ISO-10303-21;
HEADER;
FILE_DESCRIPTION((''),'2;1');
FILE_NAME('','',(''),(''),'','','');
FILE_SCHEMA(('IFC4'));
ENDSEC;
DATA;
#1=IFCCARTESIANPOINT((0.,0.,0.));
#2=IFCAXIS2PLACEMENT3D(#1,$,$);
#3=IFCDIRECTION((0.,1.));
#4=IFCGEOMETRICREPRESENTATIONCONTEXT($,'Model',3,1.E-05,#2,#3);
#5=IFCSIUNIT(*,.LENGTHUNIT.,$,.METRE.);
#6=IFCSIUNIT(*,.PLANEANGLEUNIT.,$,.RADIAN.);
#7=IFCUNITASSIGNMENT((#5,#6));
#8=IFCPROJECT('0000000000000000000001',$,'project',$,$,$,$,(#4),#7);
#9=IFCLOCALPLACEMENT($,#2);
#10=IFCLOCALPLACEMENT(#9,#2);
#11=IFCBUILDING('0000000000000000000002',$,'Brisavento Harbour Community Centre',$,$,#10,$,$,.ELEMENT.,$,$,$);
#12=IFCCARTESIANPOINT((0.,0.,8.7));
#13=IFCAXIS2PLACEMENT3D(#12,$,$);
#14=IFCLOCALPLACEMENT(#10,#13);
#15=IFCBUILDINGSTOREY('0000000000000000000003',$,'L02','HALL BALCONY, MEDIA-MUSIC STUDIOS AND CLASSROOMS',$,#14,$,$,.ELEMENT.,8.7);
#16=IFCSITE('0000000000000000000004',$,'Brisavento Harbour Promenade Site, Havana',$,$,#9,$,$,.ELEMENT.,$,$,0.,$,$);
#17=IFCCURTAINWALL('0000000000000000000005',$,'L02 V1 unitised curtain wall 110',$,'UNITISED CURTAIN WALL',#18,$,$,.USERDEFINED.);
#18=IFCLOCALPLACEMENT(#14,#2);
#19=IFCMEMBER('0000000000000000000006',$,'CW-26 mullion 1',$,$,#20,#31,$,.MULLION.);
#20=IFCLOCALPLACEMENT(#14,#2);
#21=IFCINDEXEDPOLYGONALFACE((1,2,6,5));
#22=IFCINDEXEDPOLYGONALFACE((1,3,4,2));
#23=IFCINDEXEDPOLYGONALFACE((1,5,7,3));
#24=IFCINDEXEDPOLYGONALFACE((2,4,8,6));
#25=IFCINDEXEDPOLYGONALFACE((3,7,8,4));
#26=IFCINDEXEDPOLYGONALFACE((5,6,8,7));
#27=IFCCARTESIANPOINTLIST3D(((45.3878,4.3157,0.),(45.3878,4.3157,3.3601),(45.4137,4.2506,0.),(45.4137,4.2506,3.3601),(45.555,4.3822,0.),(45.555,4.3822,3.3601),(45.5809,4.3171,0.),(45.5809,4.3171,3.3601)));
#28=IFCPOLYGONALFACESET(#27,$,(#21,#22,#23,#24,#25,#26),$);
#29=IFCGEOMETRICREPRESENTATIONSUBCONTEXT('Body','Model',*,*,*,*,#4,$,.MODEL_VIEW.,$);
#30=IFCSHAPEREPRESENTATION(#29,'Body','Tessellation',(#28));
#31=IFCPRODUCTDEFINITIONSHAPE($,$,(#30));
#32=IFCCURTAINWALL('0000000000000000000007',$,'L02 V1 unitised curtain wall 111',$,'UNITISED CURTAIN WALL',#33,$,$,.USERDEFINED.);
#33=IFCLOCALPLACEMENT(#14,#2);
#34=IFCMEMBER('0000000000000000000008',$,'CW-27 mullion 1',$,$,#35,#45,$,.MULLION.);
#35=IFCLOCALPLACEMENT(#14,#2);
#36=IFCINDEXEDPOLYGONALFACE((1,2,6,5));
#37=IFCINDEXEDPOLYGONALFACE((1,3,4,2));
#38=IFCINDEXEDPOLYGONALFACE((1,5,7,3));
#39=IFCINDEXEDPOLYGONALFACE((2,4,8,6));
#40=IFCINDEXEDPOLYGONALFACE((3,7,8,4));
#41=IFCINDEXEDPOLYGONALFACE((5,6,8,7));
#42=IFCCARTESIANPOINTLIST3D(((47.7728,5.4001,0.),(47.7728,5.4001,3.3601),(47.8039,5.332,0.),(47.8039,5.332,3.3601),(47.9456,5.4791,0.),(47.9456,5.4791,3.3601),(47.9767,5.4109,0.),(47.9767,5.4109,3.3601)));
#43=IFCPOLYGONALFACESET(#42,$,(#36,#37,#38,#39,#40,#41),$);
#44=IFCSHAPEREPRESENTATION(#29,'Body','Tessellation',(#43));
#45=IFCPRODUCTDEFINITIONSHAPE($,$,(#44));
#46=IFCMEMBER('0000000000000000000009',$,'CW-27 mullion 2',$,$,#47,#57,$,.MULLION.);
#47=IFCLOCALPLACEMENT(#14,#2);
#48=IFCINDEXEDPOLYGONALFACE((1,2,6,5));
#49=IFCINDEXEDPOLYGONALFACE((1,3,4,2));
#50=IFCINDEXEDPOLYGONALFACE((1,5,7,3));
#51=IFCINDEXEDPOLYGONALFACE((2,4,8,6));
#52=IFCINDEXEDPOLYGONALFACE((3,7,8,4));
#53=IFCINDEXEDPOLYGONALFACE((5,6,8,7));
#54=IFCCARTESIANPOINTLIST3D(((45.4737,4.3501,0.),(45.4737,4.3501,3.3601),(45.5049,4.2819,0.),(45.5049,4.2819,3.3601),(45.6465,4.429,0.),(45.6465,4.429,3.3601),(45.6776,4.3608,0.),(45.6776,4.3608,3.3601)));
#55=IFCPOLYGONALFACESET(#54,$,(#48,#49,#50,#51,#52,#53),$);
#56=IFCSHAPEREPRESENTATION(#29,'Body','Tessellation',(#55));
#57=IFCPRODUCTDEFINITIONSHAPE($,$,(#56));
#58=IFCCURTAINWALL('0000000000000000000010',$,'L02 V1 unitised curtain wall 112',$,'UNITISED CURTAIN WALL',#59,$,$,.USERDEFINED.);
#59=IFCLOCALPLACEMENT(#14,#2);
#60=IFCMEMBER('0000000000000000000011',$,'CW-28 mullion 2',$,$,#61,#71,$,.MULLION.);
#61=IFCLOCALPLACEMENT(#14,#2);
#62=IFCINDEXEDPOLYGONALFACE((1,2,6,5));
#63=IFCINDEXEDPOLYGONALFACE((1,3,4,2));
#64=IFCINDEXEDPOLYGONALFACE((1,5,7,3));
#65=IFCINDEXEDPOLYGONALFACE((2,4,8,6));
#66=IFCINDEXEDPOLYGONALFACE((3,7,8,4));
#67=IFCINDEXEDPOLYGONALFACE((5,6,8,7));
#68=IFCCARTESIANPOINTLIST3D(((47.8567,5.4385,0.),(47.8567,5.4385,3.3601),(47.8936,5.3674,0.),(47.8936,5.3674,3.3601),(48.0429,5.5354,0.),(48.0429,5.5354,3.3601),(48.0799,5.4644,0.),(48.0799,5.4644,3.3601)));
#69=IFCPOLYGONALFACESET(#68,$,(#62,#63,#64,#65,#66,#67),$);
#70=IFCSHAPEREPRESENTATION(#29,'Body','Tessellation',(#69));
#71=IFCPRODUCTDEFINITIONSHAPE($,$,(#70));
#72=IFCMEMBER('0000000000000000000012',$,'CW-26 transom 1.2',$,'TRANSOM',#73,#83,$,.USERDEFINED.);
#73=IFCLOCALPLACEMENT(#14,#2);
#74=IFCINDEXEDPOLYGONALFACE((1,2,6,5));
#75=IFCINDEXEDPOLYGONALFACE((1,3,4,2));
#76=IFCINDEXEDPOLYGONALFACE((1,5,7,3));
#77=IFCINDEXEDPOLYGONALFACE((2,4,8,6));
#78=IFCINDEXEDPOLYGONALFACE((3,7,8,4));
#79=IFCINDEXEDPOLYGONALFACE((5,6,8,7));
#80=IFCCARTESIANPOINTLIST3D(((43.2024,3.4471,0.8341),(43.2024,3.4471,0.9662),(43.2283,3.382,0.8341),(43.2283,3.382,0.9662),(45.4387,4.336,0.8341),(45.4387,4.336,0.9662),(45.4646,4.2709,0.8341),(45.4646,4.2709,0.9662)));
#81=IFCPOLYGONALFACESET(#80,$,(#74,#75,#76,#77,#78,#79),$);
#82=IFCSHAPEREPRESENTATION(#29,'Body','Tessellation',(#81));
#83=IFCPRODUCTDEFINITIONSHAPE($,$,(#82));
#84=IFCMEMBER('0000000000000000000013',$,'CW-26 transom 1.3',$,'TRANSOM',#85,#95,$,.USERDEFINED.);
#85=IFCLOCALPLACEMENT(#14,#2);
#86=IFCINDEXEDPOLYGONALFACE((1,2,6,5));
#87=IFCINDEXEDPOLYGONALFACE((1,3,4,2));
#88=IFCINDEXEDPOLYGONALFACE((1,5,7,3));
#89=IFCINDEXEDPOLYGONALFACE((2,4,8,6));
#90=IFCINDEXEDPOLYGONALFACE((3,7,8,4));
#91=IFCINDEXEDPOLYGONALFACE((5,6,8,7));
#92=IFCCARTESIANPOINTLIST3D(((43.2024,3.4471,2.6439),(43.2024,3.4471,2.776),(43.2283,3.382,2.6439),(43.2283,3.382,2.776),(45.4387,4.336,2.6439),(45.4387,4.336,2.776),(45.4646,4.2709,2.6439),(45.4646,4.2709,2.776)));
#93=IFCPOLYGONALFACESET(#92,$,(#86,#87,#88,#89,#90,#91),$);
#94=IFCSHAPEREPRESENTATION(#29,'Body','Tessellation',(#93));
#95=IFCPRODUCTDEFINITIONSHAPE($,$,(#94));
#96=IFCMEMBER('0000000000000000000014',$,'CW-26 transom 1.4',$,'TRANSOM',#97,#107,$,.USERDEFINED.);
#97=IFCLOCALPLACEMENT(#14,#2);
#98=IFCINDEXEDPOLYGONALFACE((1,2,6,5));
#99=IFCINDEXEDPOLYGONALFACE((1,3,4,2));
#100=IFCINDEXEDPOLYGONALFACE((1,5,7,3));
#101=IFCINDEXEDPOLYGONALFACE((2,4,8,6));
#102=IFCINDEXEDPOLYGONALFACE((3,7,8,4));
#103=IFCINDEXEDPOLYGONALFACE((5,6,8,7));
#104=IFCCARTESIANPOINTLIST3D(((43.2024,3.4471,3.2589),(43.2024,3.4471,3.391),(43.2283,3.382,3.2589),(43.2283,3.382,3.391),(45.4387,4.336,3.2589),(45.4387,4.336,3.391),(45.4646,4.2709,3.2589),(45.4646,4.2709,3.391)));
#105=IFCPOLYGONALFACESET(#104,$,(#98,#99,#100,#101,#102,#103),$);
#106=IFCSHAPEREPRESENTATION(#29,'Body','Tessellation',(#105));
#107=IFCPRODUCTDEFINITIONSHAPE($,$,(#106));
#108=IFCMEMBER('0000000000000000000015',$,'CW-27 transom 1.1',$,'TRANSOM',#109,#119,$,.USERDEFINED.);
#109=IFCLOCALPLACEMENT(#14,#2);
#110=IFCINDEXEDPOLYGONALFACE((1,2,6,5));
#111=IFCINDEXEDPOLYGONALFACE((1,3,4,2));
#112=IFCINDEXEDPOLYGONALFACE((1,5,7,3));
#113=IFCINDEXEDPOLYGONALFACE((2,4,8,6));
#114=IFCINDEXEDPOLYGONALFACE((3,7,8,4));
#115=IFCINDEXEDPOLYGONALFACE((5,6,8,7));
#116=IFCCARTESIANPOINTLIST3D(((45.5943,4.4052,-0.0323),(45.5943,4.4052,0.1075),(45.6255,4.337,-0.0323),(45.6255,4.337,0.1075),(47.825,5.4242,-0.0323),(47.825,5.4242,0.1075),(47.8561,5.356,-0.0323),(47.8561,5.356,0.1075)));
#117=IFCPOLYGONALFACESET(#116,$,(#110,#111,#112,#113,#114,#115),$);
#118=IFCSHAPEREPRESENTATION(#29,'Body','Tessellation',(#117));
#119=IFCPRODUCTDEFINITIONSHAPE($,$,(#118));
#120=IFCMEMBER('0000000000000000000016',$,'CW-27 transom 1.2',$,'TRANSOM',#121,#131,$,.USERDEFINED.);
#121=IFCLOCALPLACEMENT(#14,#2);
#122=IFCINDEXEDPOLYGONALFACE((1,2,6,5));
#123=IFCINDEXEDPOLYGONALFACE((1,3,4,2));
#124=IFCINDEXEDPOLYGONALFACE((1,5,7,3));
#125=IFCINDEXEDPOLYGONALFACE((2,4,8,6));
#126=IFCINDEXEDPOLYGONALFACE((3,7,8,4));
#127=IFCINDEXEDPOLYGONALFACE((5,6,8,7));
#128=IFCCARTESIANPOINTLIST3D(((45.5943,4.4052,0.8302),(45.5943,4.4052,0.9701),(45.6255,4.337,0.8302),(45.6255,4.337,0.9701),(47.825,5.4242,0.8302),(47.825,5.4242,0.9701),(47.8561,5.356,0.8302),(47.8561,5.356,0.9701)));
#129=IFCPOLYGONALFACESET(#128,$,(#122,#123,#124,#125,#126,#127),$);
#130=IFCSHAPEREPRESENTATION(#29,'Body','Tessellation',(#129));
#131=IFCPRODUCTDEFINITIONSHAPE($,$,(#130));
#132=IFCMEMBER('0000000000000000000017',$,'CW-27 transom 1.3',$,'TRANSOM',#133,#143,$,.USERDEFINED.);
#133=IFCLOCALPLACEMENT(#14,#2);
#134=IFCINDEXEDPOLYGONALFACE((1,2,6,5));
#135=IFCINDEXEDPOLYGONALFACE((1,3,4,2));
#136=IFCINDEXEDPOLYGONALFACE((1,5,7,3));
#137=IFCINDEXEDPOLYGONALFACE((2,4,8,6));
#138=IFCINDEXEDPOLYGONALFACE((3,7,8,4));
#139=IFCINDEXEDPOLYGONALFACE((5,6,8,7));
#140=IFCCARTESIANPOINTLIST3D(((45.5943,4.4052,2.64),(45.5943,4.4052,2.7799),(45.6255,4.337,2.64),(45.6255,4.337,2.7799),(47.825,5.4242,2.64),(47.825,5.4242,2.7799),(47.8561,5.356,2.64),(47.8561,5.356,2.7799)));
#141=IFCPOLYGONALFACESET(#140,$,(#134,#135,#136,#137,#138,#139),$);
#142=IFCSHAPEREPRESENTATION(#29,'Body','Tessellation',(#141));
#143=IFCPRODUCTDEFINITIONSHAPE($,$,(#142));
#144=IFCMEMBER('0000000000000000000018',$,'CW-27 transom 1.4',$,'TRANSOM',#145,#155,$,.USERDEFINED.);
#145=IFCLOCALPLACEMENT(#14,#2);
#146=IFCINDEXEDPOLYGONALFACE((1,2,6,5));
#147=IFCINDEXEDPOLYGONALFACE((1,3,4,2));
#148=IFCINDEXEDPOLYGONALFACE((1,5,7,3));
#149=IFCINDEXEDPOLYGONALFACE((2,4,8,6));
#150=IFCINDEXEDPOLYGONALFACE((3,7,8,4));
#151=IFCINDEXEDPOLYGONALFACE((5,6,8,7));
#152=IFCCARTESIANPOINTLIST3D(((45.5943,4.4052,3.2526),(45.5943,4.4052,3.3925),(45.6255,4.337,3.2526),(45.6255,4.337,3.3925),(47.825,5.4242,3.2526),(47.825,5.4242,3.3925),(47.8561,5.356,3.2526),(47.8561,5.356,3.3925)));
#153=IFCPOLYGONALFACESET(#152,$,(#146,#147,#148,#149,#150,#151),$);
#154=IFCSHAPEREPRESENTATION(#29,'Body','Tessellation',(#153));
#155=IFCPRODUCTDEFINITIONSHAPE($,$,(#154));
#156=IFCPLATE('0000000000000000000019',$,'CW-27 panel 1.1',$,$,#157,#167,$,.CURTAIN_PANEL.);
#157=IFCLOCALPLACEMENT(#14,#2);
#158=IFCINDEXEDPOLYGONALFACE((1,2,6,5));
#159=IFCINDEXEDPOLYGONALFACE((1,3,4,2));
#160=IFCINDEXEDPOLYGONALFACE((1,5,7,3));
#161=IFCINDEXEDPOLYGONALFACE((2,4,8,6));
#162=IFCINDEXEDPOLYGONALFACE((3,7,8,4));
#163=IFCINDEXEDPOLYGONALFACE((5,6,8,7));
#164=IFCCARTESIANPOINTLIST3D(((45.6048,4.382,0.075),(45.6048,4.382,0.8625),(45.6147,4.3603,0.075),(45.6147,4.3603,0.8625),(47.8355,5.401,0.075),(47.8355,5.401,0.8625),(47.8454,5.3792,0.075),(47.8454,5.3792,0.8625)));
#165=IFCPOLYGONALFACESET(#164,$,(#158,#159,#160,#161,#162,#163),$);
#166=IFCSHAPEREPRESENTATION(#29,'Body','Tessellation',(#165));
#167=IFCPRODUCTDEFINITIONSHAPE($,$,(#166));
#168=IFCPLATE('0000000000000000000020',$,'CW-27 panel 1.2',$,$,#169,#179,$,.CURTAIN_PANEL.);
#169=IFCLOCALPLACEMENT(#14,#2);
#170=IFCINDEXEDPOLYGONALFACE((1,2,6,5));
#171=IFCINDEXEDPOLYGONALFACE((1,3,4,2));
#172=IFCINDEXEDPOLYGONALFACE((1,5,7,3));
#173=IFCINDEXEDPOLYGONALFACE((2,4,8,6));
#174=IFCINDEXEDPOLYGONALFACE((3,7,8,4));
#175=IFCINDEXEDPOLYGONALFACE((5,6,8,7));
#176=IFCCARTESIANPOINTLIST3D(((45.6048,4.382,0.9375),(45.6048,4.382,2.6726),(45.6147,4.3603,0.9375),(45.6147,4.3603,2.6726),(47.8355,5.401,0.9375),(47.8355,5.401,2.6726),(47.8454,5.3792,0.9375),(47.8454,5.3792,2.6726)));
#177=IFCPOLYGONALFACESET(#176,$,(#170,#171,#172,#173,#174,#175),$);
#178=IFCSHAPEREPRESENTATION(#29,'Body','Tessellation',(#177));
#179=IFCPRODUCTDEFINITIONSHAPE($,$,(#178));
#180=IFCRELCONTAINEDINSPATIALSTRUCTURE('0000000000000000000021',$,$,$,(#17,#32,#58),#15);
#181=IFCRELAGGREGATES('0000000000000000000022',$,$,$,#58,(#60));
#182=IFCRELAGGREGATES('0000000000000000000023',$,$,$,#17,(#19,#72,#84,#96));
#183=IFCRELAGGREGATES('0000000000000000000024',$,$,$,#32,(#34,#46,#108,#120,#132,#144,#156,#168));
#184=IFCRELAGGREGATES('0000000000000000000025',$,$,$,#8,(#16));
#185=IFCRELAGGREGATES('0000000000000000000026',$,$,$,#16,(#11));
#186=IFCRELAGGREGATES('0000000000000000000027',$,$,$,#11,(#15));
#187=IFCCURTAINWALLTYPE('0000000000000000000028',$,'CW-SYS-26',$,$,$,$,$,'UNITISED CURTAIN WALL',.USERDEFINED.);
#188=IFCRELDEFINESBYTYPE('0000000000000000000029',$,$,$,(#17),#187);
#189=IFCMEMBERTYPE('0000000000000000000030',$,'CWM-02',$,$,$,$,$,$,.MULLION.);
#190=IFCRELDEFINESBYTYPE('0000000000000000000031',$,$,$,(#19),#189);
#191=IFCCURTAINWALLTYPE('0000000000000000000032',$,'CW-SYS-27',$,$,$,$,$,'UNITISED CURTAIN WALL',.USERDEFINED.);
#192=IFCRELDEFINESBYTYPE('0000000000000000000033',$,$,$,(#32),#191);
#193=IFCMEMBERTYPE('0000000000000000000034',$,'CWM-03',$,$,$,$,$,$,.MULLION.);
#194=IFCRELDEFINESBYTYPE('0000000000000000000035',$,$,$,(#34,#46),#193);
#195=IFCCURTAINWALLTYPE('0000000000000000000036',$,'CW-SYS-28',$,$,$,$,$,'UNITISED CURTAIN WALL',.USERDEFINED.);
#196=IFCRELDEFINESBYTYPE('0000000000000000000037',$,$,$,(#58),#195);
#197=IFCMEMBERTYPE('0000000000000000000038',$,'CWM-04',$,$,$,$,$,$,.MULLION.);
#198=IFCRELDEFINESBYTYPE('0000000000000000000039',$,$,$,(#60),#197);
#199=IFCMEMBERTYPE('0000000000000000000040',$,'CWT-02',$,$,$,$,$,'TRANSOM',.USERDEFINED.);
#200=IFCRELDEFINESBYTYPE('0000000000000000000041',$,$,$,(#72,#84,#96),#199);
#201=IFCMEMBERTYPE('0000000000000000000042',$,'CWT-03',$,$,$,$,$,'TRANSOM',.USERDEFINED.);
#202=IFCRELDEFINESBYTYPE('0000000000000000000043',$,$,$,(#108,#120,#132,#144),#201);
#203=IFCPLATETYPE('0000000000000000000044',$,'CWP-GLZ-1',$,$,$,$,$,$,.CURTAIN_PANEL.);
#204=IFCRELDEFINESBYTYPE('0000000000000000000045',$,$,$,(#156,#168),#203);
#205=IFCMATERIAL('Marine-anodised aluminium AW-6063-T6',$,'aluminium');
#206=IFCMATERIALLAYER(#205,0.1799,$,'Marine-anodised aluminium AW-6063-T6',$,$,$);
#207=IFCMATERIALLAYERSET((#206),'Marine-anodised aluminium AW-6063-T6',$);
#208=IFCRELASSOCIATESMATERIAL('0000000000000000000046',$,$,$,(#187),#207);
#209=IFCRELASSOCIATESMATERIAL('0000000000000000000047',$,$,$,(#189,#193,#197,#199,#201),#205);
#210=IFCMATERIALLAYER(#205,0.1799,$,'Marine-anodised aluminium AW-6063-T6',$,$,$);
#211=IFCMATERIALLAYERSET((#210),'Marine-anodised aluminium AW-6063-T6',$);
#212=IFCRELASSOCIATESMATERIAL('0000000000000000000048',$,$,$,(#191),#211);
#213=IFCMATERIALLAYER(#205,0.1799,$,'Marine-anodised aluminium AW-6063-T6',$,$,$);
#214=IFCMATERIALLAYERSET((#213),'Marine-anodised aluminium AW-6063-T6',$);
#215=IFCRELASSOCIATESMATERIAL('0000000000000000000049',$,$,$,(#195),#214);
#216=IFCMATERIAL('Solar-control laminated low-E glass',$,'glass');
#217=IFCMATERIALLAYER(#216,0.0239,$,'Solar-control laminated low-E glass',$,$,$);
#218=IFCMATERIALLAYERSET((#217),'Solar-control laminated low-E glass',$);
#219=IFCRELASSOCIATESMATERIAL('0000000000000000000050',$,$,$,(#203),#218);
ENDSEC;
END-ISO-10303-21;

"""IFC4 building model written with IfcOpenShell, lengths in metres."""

from ifc_helpers import new_model, si_unit, direction, frame, origin, origin_2d, place, context, subcontext, project, spatial, rectangle, extrude, material, layer, layer_set, material_profile, profile_set, type_object, element, aggregate, save


model = new_model("IFC4")

# Units and contexts
model_context = context("Model", 3, precision=1e-05, world=origin(), true_north=direction((0.0, 1.0)))
body_context = subcontext(model_context, "Body", "Model", "MODEL_VIEW")
ifc_project = project(units=[si_unit("LENGTHUNIT", "METRE"), si_unit("PLANEANGLEUNIT", "RADIAN")], contexts=[model_context])

# Site, building, storey
site_placement = place(None, origin())
site = spatial("IfcSite", under=ifc_project, at=site_placement, Name="Brisavento Harbour Promenade Site, Havana", CompositionType="ELEMENT", RefElevation=0.0)
building_placement = place(site_placement, origin())
building = spatial("IfcBuilding", under=site, at=building_placement, Name="Brisavento Harbour Community Centre", CompositionType="ELEMENT")
storey_placement = place(building_placement, frame((0.0, 0.0, 8.7)))
storey = spatial("IfcBuildingStorey", under=building, at=storey_placement, Name="L02", Description="HALL BALCONY, MEDIA-MUSIC STUDIOS AND CLASSROOMS", CompositionType="ELEMENT", Elevation=8.7)

# Curtain wall, member
ifc_material_1 = material(Name="Marine-anodised aluminium AW-6063-T6", Category="aluminium")
ifc_layer_1 = layer(ifc_material_1, 0.1799, Name="Marine-anodised aluminium AW-6063-T6")
ifc_layer_set_1 = layer_set([ifc_layer_1], Name="Marine-anodised aluminium AW-6063-T6")
curtain_wall_type_1 = type_object("IfcCurtainWallType", Name="CW-SYS-26", ElementType="UNITISED CURTAIN WALL", PredefinedType="USERDEFINED", material=ifc_layer_set_1)
curtain_wall_1_placement = place(storey_placement, origin())
curtain_wall_1 = element("IfcCurtainWall", 1, at=curtain_wall_1_placement, inside=storey, type_object=curtain_wall_type_1, Name="L02 V1 unitised curtain wall 110", ObjectType="UNITISED CURTAIN WALL", PredefinedType="USERDEFINED")
ifc_material_profile_1 = material_profile(ifc_material_1, rectangle(XDim=0.0701, YDim=0.1799, at=origin_2d()), Name="Marine-anodised aluminium AW-6063-T6")
ifc_profile_set_1 = profile_set([ifc_material_profile_1], Name="Marine-anodised aluminium AW-6063-T6")
member_type_1 = type_object("IfcMemberType", Name="CWM-02", PredefinedType="MULLION", material=ifc_profile_set_1)
member_1_placement = place(storey_placement, frame((45.4844, 4.3164, 0.0), z_axis=(0.0, 0.0, 1.0), x_axis=(0.369379, -0.929279, 0.0)))
member_1 = element("IfcMember", 2, at=member_1_placement, type_object=member_type_1, Name="CW-26 mullion 1", PredefinedType="MULLION", context=body_context, shape_type="SweptSolid", body=[
    extrude(rectangle(XDim=0.0701, YDim=0.1799, at=origin_2d()), origin(), (0.0, 0.0, 1.0), 3.3601),
])

# Curtain wall, members
ifc_layer_2 = layer(ifc_material_1, 0.1799, Name="Marine-anodised aluminium AW-6063-T6")
ifc_layer_set_2 = layer_set([ifc_layer_2], Name="Marine-anodised aluminium AW-6063-T6")
curtain_wall_type_2 = type_object("IfcCurtainWallType", Name="CW-SYS-27", ElementType="UNITISED CURTAIN WALL", PredefinedType="USERDEFINED", material=ifc_layer_set_2)
curtain_wall_2_placement = place(storey_placement, origin())
curtain_wall_2 = element("IfcCurtainWall", 3, at=curtain_wall_2_placement, inside=storey, type_object=curtain_wall_type_2, Name="L02 V1 unitised curtain wall 111", ObjectType="UNITISED CURTAIN WALL", PredefinedType="USERDEFINED")
ifc_material_profile_2 = material_profile(ifc_material_1, rectangle(XDim=0.075, YDim=0.1899, at=origin_2d()), Name="Marine-anodised aluminium AW-6063-T6")
ifc_profile_set_2 = profile_set([ifc_material_profile_2], Name="Marine-anodised aluminium AW-6063-T6")
member_type_2 = type_object("IfcMemberType", Name="CWM-03", PredefinedType="MULLION", material=ifc_profile_set_2)
member_2_placement = place(storey_placement, frame((47.8748, 5.4055, 0.0), z_axis=(0.0, 0.0, 1.0), x_axis=(0.41549, -0.909598, 0.0)))
member_2 = element("IfcMember", 4, at=member_2_placement, type_object=member_type_2, Name="CW-27 mullion 1", PredefinedType="MULLION", context=body_context, shape_type="SweptSolid", body=[
    extrude(rectangle(XDim=0.075, YDim=0.1899, at=origin_2d()), origin(), (0.0, 0.0, 1.0), 3.3601),
])
member_3_placement = place(storey_placement, frame((45.5757, 4.3555, 0.0), z_axis=(0.0, 0.0, 1.0), x_axis=(0.41549, -0.909598, 0.0)))
member_3 = element("IfcMember", 5, at=member_3_placement, type_object=member_type_2, Name="CW-27 mullion 2", PredefinedType="MULLION", context=body_context, shape_type="SweptSolid", body=[
    extrude(rectangle(XDim=0.075, YDim=0.1899, at=origin_2d()), origin(), (0.0, 0.0, 1.0), 3.3601),
])

# Curtain wall, member
ifc_layer_3 = layer(ifc_material_1, 0.1799, Name="Marine-anodised aluminium AW-6063-T6")
ifc_layer_set_3 = layer_set([ifc_layer_3], Name="Marine-anodised aluminium AW-6063-T6")
curtain_wall_type_3 = type_object("IfcCurtainWallType", Name="CW-SYS-28", ElementType="UNITISED CURTAIN WALL", PredefinedType="USERDEFINED", material=ifc_layer_set_3)
curtain_wall_3_placement = place(storey_placement, origin())
curtain_wall_3 = element("IfcCurtainWall", 6, at=curtain_wall_3_placement, inside=storey, type_object=curtain_wall_type_3, Name="L02 V1 unitised curtain wall 112", ObjectType="UNITISED CURTAIN WALL", PredefinedType="USERDEFINED")
ifc_material_profile_3 = material_profile(ifc_material_1, rectangle(XDim=0.0801, YDim=0.21, at=origin_2d()), Name="Marine-anodised aluminium AW-6063-T6")
ifc_profile_set_3 = profile_set([ifc_material_profile_3], Name="Marine-anodised aluminium AW-6063-T6")
member_type_3 = type_object("IfcMemberType", Name="CWM-04", PredefinedType="MULLION", material=ifc_profile_set_3)
member_4_placement = place(storey_placement, frame((47.9683, 5.4514, 0.0), z_axis=(0.0, 0.0, 1.0), x_axis=(0.461732, -0.88702, 0.0)))
member_4 = element("IfcMember", 7, at=member_4_placement, type_object=member_type_3, Name="CW-28 mullion 2", PredefinedType="MULLION", context=body_context, shape_type="SweptSolid", body=[
    extrude(rectangle(XDim=0.0801, YDim=0.21, at=origin_2d()), origin(), (0.0, 0.0, 1.0), 3.3601),
])
aggregate(curtain_wall_3, [member_4])

# Members
ifc_material_profile_4 = material_profile(ifc_material_1, rectangle(XDim=0.0701, YDim=0.1321, at=origin_2d()), Name="Marine-anodised aluminium AW-6063-T6")
ifc_profile_set_4 = profile_set([ifc_material_profile_4], Name="Marine-anodised aluminium AW-6063-T6")
member_type_4 = type_object("IfcMemberType", Name="CWT-02", ElementType="TRANSOM", PredefinedType="USERDEFINED", material=ifc_profile_set_4)
member_5_placement = place(storey_placement, frame((45.4517, 4.3035, 0.9001), z_axis=(-0.929279, -0.369378, 0.0), x_axis=(0.369378, -0.929279, 0.0)))
member_5 = element("IfcMember", 8, at=member_5_placement, type_object=member_type_4, Name="CW-26 transom 1.2", ObjectType="TRANSOM", PredefinedType="USERDEFINED", context=body_context, shape_type="SweptSolid", body=[
    extrude(rectangle(XDim=0.0701, YDim=0.1321, at=origin_2d()), origin(), (0.0, 0.0, 1.0), 2.4065),
])
member_6_placement = place(storey_placement, frame((45.4517, 4.3035, 2.71), z_axis=(-0.929279, -0.369378, 0.0), x_axis=(0.369378, -0.929279, 0.0)))
member_6 = element("IfcMember", 9, at=member_6_placement, type_object=member_type_4, Name="CW-26 transom 1.3", ObjectType="TRANSOM", PredefinedType="USERDEFINED", context=body_context, shape_type="SweptSolid", body=[
    extrude(rectangle(XDim=0.0701, YDim=0.1321, at=origin_2d()), origin(), (0.0, 0.0, 1.0), 2.4065),
])
member_7_placement = place(storey_placement, frame((45.4517, 4.3035, 3.325), z_axis=(-0.929279, -0.369378, 0.0), x_axis=(0.369378, -0.929279, 0.0)))
member_7 = element("IfcMember", 10, at=member_7_placement, type_object=member_type_4, Name="CW-26 transom 1.4", ObjectType="TRANSOM", PredefinedType="USERDEFINED", context=body_context, shape_type="SweptSolid", body=[
    extrude(rectangle(XDim=0.0701, YDim=0.1321, at=origin_2d()), origin(), (0.0, 0.0, 1.0), 2.4065),
])
aggregate(curtain_wall_1, [member_1, member_5, member_6, member_7])
ifc_material_profile_5 = material_profile(ifc_material_1, rectangle(XDim=0.075, YDim=0.1399, at=origin_2d()), Name="Marine-anodised aluminium AW-6063-T6")
ifc_profile_set_5 = profile_set([ifc_material_profile_5], Name="Marine-anodised aluminium AW-6063-T6")
member_type_5 = type_object("IfcMemberType", Name="CWT-03", ElementType="TRANSOM", PredefinedType="USERDEFINED", material=ifc_profile_set_5)
member_8_placement = place(storey_placement, frame((47.8406, 5.3901, 0.0376), z_axis=(-0.909584, -0.41552, 0.0), x_axis=(0.41552, -0.909584, 0.0)))
member_8 = element("IfcMember", 11, at=member_8_placement, type_object=member_type_5, Name="CW-27 transom 1.1", ObjectType="TRANSOM", PredefinedType="USERDEFINED", context=body_context, shape_type="SweptSolid", body=[
    extrude(rectangle(XDim=0.075, YDim=0.1399, at=origin_2d()), origin(), (0.0, 0.0, 1.0), 2.4524),
])
member_9_placement = place(storey_placement, frame((47.8406, 5.3901, 0.9001), z_axis=(-0.909584, -0.41552, 0.0), x_axis=(0.41552, -0.909584, 0.0)))
member_9 = element("IfcMember", 12, at=member_9_placement, type_object=member_type_5, Name="CW-27 transom 1.2", ObjectType="TRANSOM", PredefinedType="USERDEFINED", context=body_context, shape_type="SweptSolid", body=[
    extrude(rectangle(XDim=0.075, YDim=0.1399, at=origin_2d()), origin(), (0.0, 0.0, 1.0), 2.4524),
])
member_10_placement = place(storey_placement, frame((47.8406, 5.3901, 2.71), z_axis=(-0.909584, -0.41552, 0.0), x_axis=(0.41552, -0.909584, 0.0)))
member_10 = element("IfcMember", 13, at=member_10_placement, type_object=member_type_5, Name="CW-27 transom 1.3", ObjectType="TRANSOM", PredefinedType="USERDEFINED", context=body_context, shape_type="SweptSolid", body=[
    extrude(rectangle(XDim=0.075, YDim=0.1399, at=origin_2d()), origin(), (0.0, 0.0, 1.0), 2.4524),
])
member_11_placement = place(storey_placement, frame((47.8406, 5.3901, 3.3225), z_axis=(-0.909584, -0.41552, 0.0), x_axis=(0.41552, -0.909584, 0.0)))
member_11 = element("IfcMember", 14, at=member_11_placement, type_object=member_type_5, Name="CW-27 transom 1.4", ObjectType="TRANSOM", PredefinedType="USERDEFINED", context=body_context, shape_type="SweptSolid", body=[
    extrude(rectangle(XDim=0.075, YDim=0.1399, at=origin_2d()), origin(), (0.0, 0.0, 1.0), 2.4524),
])

# Plates
ifc_material_2 = material(Name="Solar-control laminated low-E glass", Category="glass")
ifc_layer_4 = layer(ifc_material_2, 0.0239, Name="Solar-control laminated low-E glass")
ifc_layer_set_4 = layer_set([ifc_layer_4], Name="Solar-control laminated low-E glass")
plate_type = type_object("IfcPlateType", Name="CWP-GLZ-1", PredefinedType="CURTAIN_PANEL", material=ifc_layer_set_4)
plate_1_placement = place(storey_placement, frame((46.7251, 4.8806, 0.075), z_axis=(0.0, 0.0, 1.0), x_axis=(-0.909598, -0.41549, 0.0)))
plate_1 = element("IfcPlate", 15, at=plate_1_placement, type_object=plate_type, Name="CW-27 panel 1.1", PredefinedType="CURTAIN_PANEL", context=body_context, shape_type="SweptSolid", body=[
    extrude(rectangle(XDim=2.4524, YDim=0.0239, at=origin_2d()), origin(), (0.0, 0.0, 1.0), 0.7876),
])
plate_2_placement = place(storey_placement, frame((46.7251, 4.8806, 0.9375), z_axis=(0.0, 0.0, 1.0), x_axis=(-0.909598, -0.41549, 0.0)))
plate_2 = element("IfcPlate", 16, at=plate_2_placement, type_object=plate_type, Name="CW-27 panel 1.2", PredefinedType="CURTAIN_PANEL", context=body_context, shape_type="SweptSolid", body=[
    extrude(rectangle(XDim=2.4524, YDim=0.0239, at=origin_2d()), origin(), (0.0, 0.0, 1.0), 1.7351),
])
aggregate(curtain_wall_2, [member_2, member_3, member_8, member_9, member_10, member_11, plate_1, plate_2])

save(model, "model.ifc")
